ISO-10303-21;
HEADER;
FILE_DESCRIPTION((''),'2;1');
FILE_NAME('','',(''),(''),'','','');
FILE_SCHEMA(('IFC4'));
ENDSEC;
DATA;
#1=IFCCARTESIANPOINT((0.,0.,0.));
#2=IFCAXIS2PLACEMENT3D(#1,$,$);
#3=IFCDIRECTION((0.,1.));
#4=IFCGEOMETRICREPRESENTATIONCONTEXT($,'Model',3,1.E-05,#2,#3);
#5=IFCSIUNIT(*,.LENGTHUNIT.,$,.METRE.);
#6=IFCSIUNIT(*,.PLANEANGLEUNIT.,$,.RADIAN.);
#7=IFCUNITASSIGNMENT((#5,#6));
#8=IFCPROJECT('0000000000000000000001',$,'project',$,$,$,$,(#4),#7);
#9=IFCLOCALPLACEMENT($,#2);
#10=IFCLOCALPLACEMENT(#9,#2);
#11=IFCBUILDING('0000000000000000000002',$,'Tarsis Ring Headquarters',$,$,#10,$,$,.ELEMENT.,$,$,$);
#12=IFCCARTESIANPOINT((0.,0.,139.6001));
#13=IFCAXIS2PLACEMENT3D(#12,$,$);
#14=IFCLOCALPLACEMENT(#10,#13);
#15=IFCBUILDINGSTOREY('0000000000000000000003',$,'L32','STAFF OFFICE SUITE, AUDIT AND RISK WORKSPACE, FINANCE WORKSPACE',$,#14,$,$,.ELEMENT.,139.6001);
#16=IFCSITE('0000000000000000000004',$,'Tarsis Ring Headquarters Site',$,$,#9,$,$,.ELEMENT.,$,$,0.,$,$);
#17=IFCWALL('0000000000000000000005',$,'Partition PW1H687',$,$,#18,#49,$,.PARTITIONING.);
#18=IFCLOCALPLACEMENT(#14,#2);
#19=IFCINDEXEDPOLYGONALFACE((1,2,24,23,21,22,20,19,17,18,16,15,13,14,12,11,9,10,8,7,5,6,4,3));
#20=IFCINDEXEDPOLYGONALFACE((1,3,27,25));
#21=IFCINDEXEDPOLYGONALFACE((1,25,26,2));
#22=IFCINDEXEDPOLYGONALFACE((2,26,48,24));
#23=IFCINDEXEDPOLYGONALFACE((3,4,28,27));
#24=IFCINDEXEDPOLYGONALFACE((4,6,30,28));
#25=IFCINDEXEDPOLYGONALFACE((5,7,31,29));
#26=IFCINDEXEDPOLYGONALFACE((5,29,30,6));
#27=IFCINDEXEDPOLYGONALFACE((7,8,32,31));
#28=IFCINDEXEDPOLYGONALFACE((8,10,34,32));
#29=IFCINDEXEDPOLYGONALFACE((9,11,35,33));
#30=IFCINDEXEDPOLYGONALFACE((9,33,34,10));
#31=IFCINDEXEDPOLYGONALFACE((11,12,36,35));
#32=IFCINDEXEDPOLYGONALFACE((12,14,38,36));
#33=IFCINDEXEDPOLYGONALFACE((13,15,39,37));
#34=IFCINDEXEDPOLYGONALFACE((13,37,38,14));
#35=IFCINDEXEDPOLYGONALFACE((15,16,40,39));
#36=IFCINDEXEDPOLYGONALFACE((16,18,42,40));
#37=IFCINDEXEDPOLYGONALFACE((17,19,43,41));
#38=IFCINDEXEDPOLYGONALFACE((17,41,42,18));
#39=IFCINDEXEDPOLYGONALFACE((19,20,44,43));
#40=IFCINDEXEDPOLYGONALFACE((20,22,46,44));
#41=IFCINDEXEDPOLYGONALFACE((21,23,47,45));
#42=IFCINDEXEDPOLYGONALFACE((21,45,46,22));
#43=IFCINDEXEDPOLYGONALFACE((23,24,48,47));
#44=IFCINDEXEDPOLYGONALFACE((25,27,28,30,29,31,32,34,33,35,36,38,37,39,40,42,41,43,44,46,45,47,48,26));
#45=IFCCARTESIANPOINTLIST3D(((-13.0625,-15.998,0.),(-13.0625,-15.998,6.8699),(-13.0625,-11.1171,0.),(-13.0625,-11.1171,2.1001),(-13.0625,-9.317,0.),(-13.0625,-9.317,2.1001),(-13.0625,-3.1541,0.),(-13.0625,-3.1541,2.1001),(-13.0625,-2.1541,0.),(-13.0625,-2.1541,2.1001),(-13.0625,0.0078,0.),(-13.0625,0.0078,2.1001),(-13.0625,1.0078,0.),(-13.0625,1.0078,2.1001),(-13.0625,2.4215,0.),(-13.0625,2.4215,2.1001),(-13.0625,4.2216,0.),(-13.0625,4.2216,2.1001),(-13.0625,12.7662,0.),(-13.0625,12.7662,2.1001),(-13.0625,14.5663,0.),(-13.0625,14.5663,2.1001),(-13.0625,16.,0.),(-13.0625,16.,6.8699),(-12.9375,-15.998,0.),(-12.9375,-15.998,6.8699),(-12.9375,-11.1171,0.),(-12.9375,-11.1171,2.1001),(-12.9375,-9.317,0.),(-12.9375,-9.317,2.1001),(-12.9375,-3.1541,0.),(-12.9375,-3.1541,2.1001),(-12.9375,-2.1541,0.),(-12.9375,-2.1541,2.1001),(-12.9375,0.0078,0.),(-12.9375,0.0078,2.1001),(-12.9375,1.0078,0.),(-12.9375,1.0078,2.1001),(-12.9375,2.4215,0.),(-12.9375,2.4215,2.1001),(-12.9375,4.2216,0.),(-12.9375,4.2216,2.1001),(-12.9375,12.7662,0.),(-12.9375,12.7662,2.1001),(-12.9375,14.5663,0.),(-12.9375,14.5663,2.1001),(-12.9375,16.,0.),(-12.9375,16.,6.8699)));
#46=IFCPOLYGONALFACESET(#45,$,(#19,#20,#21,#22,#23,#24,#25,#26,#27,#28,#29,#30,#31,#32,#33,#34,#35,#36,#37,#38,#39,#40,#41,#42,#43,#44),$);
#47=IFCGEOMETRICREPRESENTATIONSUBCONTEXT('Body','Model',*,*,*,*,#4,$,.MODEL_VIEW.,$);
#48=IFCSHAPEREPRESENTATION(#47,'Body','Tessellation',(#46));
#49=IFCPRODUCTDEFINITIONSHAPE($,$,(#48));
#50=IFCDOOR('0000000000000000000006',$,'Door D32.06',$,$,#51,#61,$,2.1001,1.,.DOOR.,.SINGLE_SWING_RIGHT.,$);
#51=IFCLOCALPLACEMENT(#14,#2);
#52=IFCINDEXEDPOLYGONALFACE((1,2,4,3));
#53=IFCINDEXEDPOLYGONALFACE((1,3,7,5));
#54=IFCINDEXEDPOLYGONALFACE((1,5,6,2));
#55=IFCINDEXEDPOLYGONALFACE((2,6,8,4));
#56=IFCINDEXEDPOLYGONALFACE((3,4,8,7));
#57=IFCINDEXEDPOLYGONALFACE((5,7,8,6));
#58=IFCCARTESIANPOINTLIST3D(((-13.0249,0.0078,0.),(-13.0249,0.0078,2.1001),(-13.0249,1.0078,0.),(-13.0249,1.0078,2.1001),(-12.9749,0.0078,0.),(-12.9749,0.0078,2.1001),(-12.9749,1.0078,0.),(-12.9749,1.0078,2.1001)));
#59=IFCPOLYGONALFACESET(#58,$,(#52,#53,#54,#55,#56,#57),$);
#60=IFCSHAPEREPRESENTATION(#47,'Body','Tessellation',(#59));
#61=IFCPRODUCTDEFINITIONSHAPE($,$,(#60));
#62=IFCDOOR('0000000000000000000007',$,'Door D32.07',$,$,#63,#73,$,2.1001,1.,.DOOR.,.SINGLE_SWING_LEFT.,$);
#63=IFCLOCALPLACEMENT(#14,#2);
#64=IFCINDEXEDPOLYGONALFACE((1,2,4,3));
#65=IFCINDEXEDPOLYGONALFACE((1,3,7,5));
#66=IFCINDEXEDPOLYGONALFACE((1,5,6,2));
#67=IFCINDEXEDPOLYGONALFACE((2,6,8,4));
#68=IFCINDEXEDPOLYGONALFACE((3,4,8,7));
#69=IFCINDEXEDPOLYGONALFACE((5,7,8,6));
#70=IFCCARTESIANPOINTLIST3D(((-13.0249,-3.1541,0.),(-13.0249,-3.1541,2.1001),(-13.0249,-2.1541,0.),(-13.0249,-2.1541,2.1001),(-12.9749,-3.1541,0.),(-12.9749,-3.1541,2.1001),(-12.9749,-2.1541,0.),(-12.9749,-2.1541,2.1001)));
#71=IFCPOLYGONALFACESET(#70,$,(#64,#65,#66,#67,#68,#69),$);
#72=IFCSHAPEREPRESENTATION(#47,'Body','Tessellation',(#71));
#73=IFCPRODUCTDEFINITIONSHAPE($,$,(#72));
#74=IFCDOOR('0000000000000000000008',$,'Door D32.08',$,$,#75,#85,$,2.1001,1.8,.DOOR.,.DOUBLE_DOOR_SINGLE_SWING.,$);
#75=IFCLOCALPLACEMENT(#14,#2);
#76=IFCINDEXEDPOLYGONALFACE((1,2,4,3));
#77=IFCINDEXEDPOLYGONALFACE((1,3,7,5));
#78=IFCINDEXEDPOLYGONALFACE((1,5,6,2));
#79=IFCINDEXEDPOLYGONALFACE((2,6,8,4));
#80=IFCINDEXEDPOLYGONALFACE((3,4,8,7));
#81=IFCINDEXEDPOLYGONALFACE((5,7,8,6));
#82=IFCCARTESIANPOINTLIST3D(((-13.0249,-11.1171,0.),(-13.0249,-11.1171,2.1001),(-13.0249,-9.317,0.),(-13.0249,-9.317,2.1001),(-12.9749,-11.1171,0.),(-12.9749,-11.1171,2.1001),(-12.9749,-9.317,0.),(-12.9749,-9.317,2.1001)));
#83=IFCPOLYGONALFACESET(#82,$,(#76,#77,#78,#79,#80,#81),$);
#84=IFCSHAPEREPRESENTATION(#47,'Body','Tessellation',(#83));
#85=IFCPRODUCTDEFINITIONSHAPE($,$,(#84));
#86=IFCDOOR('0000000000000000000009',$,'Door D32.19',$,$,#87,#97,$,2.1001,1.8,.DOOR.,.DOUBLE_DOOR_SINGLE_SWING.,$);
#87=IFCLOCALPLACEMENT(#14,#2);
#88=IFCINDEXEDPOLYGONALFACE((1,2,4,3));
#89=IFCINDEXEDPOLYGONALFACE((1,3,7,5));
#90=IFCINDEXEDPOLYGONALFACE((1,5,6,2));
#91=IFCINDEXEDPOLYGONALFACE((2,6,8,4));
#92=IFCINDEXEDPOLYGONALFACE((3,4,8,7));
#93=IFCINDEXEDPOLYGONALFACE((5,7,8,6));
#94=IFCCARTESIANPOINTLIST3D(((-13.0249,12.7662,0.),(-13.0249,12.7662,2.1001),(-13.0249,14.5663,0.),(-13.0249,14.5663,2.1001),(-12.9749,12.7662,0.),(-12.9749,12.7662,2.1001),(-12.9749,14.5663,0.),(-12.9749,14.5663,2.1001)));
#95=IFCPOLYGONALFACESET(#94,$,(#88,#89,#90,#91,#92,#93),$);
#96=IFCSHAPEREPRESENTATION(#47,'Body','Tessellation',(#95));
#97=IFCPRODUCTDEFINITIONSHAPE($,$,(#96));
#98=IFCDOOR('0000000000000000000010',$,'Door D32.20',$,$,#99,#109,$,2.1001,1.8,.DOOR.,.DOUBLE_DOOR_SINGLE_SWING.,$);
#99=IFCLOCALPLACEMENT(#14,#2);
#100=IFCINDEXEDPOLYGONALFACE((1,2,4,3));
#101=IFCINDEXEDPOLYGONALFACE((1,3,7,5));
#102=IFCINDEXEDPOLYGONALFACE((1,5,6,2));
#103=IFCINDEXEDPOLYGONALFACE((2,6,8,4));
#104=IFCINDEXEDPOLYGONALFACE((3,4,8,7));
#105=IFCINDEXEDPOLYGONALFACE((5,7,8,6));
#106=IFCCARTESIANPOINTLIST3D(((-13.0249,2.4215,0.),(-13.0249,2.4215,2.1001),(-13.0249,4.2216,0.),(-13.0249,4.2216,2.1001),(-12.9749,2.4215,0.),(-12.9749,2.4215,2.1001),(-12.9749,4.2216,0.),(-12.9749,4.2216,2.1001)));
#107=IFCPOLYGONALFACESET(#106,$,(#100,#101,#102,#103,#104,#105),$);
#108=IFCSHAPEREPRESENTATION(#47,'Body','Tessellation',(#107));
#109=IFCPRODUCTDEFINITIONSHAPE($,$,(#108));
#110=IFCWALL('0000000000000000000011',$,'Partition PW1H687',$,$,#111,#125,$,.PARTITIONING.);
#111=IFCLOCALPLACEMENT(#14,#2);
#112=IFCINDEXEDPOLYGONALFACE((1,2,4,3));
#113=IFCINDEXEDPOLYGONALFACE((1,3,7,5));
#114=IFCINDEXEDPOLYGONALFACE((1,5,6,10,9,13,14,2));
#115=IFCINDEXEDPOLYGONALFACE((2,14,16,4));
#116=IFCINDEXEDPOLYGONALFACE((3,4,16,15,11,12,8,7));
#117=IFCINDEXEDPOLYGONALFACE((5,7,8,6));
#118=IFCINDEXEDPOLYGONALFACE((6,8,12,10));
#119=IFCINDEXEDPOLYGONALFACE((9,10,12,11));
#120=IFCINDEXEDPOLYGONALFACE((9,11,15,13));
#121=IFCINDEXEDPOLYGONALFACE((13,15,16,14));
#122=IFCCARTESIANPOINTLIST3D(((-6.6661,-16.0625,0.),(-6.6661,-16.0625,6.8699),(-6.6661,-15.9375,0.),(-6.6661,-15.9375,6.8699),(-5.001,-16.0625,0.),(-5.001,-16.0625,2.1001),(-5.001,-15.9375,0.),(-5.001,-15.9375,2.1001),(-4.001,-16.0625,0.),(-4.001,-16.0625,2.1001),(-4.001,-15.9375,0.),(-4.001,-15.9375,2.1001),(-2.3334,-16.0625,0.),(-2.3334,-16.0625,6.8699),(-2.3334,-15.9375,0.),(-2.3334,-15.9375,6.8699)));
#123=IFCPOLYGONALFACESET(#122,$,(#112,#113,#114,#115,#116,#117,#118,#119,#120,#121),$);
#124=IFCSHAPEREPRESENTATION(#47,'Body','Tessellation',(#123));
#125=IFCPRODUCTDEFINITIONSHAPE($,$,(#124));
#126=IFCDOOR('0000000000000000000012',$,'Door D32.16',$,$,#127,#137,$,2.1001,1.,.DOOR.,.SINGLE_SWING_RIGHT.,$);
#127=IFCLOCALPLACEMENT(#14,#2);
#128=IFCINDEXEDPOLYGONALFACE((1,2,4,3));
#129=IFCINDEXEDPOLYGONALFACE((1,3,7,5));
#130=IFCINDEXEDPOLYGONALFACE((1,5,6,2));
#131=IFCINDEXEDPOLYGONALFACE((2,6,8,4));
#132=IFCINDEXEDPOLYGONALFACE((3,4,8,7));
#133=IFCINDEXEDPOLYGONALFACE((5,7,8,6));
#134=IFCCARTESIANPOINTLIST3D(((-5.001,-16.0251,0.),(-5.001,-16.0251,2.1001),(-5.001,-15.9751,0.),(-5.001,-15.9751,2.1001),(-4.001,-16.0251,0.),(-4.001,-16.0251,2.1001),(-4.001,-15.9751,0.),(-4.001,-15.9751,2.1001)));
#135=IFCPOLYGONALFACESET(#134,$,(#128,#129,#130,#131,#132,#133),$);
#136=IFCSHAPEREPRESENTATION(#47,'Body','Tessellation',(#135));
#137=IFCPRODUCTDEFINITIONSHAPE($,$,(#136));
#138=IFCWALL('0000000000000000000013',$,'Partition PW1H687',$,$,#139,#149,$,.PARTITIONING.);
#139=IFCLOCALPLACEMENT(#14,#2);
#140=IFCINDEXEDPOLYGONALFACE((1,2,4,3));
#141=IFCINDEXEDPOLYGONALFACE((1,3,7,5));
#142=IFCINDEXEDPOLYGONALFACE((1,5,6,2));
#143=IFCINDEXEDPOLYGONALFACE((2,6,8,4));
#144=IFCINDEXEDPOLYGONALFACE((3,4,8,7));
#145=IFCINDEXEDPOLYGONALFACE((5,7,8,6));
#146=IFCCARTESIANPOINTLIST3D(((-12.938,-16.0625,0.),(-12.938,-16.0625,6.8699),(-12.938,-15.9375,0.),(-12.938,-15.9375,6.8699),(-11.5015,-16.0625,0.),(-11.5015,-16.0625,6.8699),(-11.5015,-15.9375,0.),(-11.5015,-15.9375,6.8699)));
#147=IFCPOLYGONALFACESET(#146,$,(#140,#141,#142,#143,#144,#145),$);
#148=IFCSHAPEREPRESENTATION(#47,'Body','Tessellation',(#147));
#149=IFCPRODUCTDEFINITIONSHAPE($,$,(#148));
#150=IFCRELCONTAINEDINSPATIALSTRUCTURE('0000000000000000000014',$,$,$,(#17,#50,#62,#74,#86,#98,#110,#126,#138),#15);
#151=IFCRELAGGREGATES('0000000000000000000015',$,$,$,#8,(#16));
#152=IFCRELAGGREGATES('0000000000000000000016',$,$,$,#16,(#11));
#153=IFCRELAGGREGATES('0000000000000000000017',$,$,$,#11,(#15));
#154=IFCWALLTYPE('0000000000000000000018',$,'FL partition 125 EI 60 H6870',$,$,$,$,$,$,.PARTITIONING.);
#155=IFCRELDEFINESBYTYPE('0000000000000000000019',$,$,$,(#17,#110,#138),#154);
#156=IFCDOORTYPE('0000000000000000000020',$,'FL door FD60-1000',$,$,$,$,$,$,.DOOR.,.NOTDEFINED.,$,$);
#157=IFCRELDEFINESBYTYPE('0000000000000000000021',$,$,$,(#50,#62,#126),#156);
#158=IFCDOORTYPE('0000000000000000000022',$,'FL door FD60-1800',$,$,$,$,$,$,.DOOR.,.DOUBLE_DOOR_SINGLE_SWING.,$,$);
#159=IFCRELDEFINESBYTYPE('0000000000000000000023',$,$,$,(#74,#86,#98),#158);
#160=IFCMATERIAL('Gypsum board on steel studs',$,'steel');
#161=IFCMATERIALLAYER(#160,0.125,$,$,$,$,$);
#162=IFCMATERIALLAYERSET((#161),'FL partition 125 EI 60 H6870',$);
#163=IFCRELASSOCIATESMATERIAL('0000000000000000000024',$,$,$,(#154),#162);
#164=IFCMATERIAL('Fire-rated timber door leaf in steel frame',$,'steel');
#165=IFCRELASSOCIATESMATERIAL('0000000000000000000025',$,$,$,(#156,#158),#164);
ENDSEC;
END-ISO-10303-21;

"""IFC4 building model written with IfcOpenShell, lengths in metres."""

from ifc_helpers import new_model, si_unit, direction, frame, frame_2d, origin, place, context, subcontext, project, spatial, rectangle, extrude, material, layer, layer_set, type_object, element, fill, save


model = new_model("IFC4")

# Units and contexts
model_context = context("Model", 3, precision=1e-05, world=origin(), true_north=direction((0.0, 1.0)))
body_context = subcontext(model_context, "Body", "Model", "MODEL_VIEW")
ifc_project = project(units=[si_unit("LENGTHUNIT", "METRE"), si_unit("PLANEANGLEUNIT", "RADIAN")], contexts=[model_context])

# Site, building, storey
site_placement = place(None, origin())
site = spatial("IfcSite", under=ifc_project, at=site_placement, Name="Tarsis Ring Headquarters Site", CompositionType="ELEMENT", RefElevation=0.0)
building_placement = place(site_placement, origin())
building = spatial("IfcBuilding", under=site, at=building_placement, Name="Tarsis Ring Headquarters", CompositionType="ELEMENT")
storey_placement = place(building_placement, frame((0.0, 0.0, 139.6001)))
storey = spatial("IfcBuildingStorey", under=building, at=storey_placement, Name="L32", Description="STAFF OFFICE SUITE, AUDIT AND RISK WORKSPACE, FINANCE WORKSPACE", CompositionType="ELEMENT", Elevation=139.6001)

# Wall, openings, doors
ifc_material_1 = material(Name="Gypsum board on steel studs", Category="steel")
ifc_layer_1 = layer(ifc_material_1, 0.125)
ifc_layer_set_1 = layer_set([ifc_layer_1], Name="FL partition 125 EI 60 H6870")
wall_type = type_object("IfcWallType", Name="FL partition 125 EI 60 H6870", PredefinedType="PARTITIONING", material=ifc_layer_set_1)
wall_1_placement = place(storey_placement, frame((-13.0, -15.998, 0.0), z_axis=(0.0, 0.0, 1.0), x_axis=(0.0, 1.0, 0.0)))
wall_1 = element("IfcWall", 1, at=wall_1_placement, inside=storey, type_object=wall_type, Name="Partition PW1H687", PredefinedType="PARTITIONING", context=body_context, shape_type="SweptSolid", body=[
    extrude(rectangle(XDim=31.998, YDim=0.125, at=frame_2d((15.999, 0.0))), origin(), (0.0, 0.0, 1.0), 6.8699),
])
opening_1_placement = place(wall_1_placement, frame((16.0059, 0.0, 0.0)))
opening_1 = element("IfcOpeningElement", 2, at=opening_1_placement, cuts=wall_1, PredefinedType="OPENING", context=body_context, shape_type="SweptSolid", body=[
    extrude(rectangle(XDim=1.0, YDim=2.1001, at=frame_2d((0.5, 1.05))), frame((0.0, 0.0725, 0.0), z_axis=(0.0, -1.0, 0.0), x_axis=(1.0, 0.0, 0.0)), (0.0, 0.0, 1.0), 0.145),
])
opening_2_placement = place(wall_1_placement, frame((12.844, 0.0, 0.0)))
opening_2 = element("IfcOpeningElement", 3, at=opening_2_placement, cuts=wall_1, PredefinedType="OPENING", context=body_context, shape_type="SweptSolid", body=[
    extrude(rectangle(XDim=1.0, YDim=2.1001, at=frame_2d((0.5, 1.05))), frame((0.0, 0.0725, 0.0), z_axis=(0.0, -1.0, 0.0), x_axis=(1.0, 0.0, 0.0)), (0.0, 0.0, 1.0), 0.145),
])
opening_3_placement = place(wall_1_placement, frame((4.8811, 0.0, 0.0)))
opening_3 = element("IfcOpeningElement", 4, at=opening_3_placement, cuts=wall_1, PredefinedType="OPENING", context=body_context, shape_type="SweptSolid", body=[
    extrude(rectangle(XDim=1.8, YDim=2.1001, at=frame_2d((0.8999, 1.05))), frame((0.0, 0.0725, 0.0), z_axis=(0.0, -1.0, 0.0), x_axis=(1.0, 0.0, 0.0)), (0.0, 0.0, 1.0), 0.145),
])
opening_4_placement = place(wall_1_placement, frame((28.7644, 0.0, 0.0)))
opening_4 = element("IfcOpeningElement", 5, at=opening_4_placement, cuts=wall_1, PredefinedType="OPENING", context=body_context, shape_type="SweptSolid", body=[
    extrude(rectangle(XDim=1.8, YDim=2.1001, at=frame_2d((0.8999, 1.05))), frame((0.0, 0.0725, 0.0), z_axis=(0.0, -1.0, 0.0), x_axis=(1.0, 0.0, 0.0)), (0.0, 0.0, 1.0), 0.145),
])
opening_5_placement = place(wall_1_placement, frame((18.4197, 0.0, 0.0)))
opening_5 = element("IfcOpeningElement", 6, at=opening_5_placement, cuts=wall_1, PredefinedType="OPENING", context=body_context, shape_type="SweptSolid", body=[
    extrude(rectangle(XDim=1.8, YDim=2.1001, at=frame_2d((0.8999, 1.05))), frame((0.0, 0.0725, 0.0), z_axis=(0.0, -1.0, 0.0), x_axis=(1.0, 0.0, 0.0)), (0.0, 0.0, 1.0), 0.145),
])
ifc_material_2 = material(Name="Fire-rated timber door leaf in steel frame", Category="steel")
door_type_1 = type_object("IfcDoorType", Name="FL door FD60-1000", OperationType="NOTDEFINED", PredefinedType="DOOR", material=ifc_material_2)
door_1_placement = place(opening_1_placement, origin())
door_1 = element("IfcDoor", 7, at=door_1_placement, inside=storey, type_object=door_type_1, Name="Door D32.06", OperationType="SINGLE_SWING_RIGHT", OverallHeight=2.1001, OverallWidth=1.0, PredefinedType="DOOR", context=body_context, shape_type="SweptSolid", body=[
    extrude(rectangle(XDim=1.0, YDim=2.1001, at=frame_2d((0.5, 1.05))), frame((0.0, 0.0249, 0.0), z_axis=(0.0, -1.0, 0.0), x_axis=(1.0, 0.0, 0.0)), (0.0, 0.0, 1.0), 0.05),
])
fill(opening_1, door_1)
door_2_placement = place(opening_2_placement, origin())
door_2 = element("IfcDoor", 8, at=door_2_placement, inside=storey, type_object=door_type_1, Name="Door D32.07", OperationType="SINGLE_SWING_LEFT", OverallHeight=2.1001, OverallWidth=1.0, PredefinedType="DOOR", context=body_context, shape_type="SweptSolid", body=[
    extrude(rectangle(XDim=1.0, YDim=2.1001, at=frame_2d((0.5, 1.05))), frame((0.0, 0.0249, 0.0), z_axis=(0.0, -1.0, 0.0), x_axis=(1.0, 0.0, 0.0)), (0.0, 0.0, 1.0), 0.05),
])
fill(opening_2, door_2)
door_type_2 = type_object("IfcDoorType", Name="FL door FD60-1800", OperationType="DOUBLE_DOOR_SINGLE_SWING", PredefinedType="DOOR", material=ifc_material_2)
door_3_placement = place(opening_3_placement, origin())
door_3 = element("IfcDoor", 9, at=door_3_placement, inside=storey, type_object=door_type_2, Name="Door D32.08", OperationType="DOUBLE_DOOR_SINGLE_SWING", OverallHeight=2.1001, OverallWidth=1.8, PredefinedType="DOOR", context=body_context, shape_type="SweptSolid", body=[
    extrude(rectangle(XDim=1.8, YDim=2.1001, at=frame_2d((0.8999, 1.05))), frame((0.0, 0.0249, 0.0), z_axis=(0.0, -1.0, 0.0), x_axis=(1.0, 0.0, 0.0)), (0.0, 0.0, 1.0), 0.05),
])
fill(opening_3, door_3)
door_4_placement = place(opening_4_placement, origin())
door_4 = element("IfcDoor", 10, at=door_4_placement, inside=storey, type_object=door_type_2, Name="Door D32.19", OperationType="DOUBLE_DOOR_SINGLE_SWING", OverallHeight=2.1001, OverallWidth=1.8, PredefinedType="DOOR", context=body_context, shape_type="SweptSolid", body=[
    extrude(rectangle(XDim=1.8, YDim=2.1001, at=frame_2d((0.8999, 1.05))), frame((0.0, 0.0249, 0.0), z_axis=(0.0, -1.0, 0.0), x_axis=(1.0, 0.0, 0.0)), (0.0, 0.0, 1.0), 0.05),
])
fill(opening_4, door_4)
door_5_placement = place(opening_5_placement, origin())
door_5 = element("IfcDoor", 11, at=door_5_placement, inside=storey, type_object=door_type_2, Name="Door D32.20", OperationType="DOUBLE_DOOR_SINGLE_SWING", OverallHeight=2.1001, OverallWidth=1.8, PredefinedType="DOOR", context=body_context, shape_type="SweptSolid", body=[
    extrude(rectangle(XDim=1.8, YDim=2.1001, at=frame_2d((0.8999, 1.05))), frame((0.0, 0.0249, 0.0), z_axis=(0.0, -1.0, 0.0), x_axis=(1.0, 0.0, 0.0)), (0.0, 0.0, 1.0), 0.05),
])
fill(opening_5, door_5)

# Wall, opening, door
wall_2_placement = place(storey_placement, frame((-6.6663, -16.0, 0.0), z_axis=(0.0, 0.0, 1.0), x_axis=(1.0, 0.0, 0.0)))
wall_2 = element("IfcWall", 12, at=wall_2_placement, inside=storey, type_object=wall_type, Name="Partition PW1H687", PredefinedType="PARTITIONING", context=body_context, shape_type="SweptSolid", body=[
    extrude(rectangle(XDim=4.3328, YDim=0.125, at=frame_2d((2.1665, 0.0))), origin(), (0.0, 0.0, 1.0), 6.8699),
])
opening_6_placement = place(wall_2_placement, frame((1.6653, 0.0, 0.0)))
opening_6 = element("IfcOpeningElement", 13, at=opening_6_placement, cuts=wall_2, PredefinedType="OPENING", context=body_context, shape_type="SweptSolid", body=[
    extrude(rectangle(XDim=1.0, YDim=2.1001, at=frame_2d((0.5, 1.05))), frame((0.0, 0.0725, 0.0), z_axis=(0.0, -1.0, 0.0), x_axis=(1.0, 0.0, 0.0)), (0.0, 0.0, 1.0), 0.145),
])
door_6_placement = place(opening_6_placement, origin())
door_6 = element("IfcDoor", 14, at=door_6_placement, inside=storey, type_object=door_type_1, Name="Door D32.16", OperationType="SINGLE_SWING_RIGHT", OverallHeight=2.1001, OverallWidth=1.0, PredefinedType="DOOR", context=body_context, shape_type="SweptSolid", body=[
    extrude(rectangle(XDim=1.0, YDim=2.1001, at=frame_2d((0.5, 1.05))), frame((0.0, 0.0249, 0.0), z_axis=(0.0, -1.0, 0.0), x_axis=(1.0, 0.0, 0.0)), (0.0, 0.0, 1.0), 0.05),
])
fill(opening_6, door_6)

# Wall
wall_3_placement = place(storey_placement, frame((-12.938, -16.0, 0.0), z_axis=(0.0, 0.0, 1.0), x_axis=(1.0, 0.0, 0.0)))
element("IfcWall", 15, at=wall_3_placement, inside=storey, type_object=wall_type, Name="Partition PW1H687", PredefinedType="PARTITIONING", context=body_context, shape_type="SweptSolid", body=[
    extrude(rectangle(XDim=1.4365, YDim=0.125, at=frame_2d((0.7183, 0.0))), origin(), (0.0, 0.0, 1.0), 6.8699),
])

save(model, "model.ifc")
